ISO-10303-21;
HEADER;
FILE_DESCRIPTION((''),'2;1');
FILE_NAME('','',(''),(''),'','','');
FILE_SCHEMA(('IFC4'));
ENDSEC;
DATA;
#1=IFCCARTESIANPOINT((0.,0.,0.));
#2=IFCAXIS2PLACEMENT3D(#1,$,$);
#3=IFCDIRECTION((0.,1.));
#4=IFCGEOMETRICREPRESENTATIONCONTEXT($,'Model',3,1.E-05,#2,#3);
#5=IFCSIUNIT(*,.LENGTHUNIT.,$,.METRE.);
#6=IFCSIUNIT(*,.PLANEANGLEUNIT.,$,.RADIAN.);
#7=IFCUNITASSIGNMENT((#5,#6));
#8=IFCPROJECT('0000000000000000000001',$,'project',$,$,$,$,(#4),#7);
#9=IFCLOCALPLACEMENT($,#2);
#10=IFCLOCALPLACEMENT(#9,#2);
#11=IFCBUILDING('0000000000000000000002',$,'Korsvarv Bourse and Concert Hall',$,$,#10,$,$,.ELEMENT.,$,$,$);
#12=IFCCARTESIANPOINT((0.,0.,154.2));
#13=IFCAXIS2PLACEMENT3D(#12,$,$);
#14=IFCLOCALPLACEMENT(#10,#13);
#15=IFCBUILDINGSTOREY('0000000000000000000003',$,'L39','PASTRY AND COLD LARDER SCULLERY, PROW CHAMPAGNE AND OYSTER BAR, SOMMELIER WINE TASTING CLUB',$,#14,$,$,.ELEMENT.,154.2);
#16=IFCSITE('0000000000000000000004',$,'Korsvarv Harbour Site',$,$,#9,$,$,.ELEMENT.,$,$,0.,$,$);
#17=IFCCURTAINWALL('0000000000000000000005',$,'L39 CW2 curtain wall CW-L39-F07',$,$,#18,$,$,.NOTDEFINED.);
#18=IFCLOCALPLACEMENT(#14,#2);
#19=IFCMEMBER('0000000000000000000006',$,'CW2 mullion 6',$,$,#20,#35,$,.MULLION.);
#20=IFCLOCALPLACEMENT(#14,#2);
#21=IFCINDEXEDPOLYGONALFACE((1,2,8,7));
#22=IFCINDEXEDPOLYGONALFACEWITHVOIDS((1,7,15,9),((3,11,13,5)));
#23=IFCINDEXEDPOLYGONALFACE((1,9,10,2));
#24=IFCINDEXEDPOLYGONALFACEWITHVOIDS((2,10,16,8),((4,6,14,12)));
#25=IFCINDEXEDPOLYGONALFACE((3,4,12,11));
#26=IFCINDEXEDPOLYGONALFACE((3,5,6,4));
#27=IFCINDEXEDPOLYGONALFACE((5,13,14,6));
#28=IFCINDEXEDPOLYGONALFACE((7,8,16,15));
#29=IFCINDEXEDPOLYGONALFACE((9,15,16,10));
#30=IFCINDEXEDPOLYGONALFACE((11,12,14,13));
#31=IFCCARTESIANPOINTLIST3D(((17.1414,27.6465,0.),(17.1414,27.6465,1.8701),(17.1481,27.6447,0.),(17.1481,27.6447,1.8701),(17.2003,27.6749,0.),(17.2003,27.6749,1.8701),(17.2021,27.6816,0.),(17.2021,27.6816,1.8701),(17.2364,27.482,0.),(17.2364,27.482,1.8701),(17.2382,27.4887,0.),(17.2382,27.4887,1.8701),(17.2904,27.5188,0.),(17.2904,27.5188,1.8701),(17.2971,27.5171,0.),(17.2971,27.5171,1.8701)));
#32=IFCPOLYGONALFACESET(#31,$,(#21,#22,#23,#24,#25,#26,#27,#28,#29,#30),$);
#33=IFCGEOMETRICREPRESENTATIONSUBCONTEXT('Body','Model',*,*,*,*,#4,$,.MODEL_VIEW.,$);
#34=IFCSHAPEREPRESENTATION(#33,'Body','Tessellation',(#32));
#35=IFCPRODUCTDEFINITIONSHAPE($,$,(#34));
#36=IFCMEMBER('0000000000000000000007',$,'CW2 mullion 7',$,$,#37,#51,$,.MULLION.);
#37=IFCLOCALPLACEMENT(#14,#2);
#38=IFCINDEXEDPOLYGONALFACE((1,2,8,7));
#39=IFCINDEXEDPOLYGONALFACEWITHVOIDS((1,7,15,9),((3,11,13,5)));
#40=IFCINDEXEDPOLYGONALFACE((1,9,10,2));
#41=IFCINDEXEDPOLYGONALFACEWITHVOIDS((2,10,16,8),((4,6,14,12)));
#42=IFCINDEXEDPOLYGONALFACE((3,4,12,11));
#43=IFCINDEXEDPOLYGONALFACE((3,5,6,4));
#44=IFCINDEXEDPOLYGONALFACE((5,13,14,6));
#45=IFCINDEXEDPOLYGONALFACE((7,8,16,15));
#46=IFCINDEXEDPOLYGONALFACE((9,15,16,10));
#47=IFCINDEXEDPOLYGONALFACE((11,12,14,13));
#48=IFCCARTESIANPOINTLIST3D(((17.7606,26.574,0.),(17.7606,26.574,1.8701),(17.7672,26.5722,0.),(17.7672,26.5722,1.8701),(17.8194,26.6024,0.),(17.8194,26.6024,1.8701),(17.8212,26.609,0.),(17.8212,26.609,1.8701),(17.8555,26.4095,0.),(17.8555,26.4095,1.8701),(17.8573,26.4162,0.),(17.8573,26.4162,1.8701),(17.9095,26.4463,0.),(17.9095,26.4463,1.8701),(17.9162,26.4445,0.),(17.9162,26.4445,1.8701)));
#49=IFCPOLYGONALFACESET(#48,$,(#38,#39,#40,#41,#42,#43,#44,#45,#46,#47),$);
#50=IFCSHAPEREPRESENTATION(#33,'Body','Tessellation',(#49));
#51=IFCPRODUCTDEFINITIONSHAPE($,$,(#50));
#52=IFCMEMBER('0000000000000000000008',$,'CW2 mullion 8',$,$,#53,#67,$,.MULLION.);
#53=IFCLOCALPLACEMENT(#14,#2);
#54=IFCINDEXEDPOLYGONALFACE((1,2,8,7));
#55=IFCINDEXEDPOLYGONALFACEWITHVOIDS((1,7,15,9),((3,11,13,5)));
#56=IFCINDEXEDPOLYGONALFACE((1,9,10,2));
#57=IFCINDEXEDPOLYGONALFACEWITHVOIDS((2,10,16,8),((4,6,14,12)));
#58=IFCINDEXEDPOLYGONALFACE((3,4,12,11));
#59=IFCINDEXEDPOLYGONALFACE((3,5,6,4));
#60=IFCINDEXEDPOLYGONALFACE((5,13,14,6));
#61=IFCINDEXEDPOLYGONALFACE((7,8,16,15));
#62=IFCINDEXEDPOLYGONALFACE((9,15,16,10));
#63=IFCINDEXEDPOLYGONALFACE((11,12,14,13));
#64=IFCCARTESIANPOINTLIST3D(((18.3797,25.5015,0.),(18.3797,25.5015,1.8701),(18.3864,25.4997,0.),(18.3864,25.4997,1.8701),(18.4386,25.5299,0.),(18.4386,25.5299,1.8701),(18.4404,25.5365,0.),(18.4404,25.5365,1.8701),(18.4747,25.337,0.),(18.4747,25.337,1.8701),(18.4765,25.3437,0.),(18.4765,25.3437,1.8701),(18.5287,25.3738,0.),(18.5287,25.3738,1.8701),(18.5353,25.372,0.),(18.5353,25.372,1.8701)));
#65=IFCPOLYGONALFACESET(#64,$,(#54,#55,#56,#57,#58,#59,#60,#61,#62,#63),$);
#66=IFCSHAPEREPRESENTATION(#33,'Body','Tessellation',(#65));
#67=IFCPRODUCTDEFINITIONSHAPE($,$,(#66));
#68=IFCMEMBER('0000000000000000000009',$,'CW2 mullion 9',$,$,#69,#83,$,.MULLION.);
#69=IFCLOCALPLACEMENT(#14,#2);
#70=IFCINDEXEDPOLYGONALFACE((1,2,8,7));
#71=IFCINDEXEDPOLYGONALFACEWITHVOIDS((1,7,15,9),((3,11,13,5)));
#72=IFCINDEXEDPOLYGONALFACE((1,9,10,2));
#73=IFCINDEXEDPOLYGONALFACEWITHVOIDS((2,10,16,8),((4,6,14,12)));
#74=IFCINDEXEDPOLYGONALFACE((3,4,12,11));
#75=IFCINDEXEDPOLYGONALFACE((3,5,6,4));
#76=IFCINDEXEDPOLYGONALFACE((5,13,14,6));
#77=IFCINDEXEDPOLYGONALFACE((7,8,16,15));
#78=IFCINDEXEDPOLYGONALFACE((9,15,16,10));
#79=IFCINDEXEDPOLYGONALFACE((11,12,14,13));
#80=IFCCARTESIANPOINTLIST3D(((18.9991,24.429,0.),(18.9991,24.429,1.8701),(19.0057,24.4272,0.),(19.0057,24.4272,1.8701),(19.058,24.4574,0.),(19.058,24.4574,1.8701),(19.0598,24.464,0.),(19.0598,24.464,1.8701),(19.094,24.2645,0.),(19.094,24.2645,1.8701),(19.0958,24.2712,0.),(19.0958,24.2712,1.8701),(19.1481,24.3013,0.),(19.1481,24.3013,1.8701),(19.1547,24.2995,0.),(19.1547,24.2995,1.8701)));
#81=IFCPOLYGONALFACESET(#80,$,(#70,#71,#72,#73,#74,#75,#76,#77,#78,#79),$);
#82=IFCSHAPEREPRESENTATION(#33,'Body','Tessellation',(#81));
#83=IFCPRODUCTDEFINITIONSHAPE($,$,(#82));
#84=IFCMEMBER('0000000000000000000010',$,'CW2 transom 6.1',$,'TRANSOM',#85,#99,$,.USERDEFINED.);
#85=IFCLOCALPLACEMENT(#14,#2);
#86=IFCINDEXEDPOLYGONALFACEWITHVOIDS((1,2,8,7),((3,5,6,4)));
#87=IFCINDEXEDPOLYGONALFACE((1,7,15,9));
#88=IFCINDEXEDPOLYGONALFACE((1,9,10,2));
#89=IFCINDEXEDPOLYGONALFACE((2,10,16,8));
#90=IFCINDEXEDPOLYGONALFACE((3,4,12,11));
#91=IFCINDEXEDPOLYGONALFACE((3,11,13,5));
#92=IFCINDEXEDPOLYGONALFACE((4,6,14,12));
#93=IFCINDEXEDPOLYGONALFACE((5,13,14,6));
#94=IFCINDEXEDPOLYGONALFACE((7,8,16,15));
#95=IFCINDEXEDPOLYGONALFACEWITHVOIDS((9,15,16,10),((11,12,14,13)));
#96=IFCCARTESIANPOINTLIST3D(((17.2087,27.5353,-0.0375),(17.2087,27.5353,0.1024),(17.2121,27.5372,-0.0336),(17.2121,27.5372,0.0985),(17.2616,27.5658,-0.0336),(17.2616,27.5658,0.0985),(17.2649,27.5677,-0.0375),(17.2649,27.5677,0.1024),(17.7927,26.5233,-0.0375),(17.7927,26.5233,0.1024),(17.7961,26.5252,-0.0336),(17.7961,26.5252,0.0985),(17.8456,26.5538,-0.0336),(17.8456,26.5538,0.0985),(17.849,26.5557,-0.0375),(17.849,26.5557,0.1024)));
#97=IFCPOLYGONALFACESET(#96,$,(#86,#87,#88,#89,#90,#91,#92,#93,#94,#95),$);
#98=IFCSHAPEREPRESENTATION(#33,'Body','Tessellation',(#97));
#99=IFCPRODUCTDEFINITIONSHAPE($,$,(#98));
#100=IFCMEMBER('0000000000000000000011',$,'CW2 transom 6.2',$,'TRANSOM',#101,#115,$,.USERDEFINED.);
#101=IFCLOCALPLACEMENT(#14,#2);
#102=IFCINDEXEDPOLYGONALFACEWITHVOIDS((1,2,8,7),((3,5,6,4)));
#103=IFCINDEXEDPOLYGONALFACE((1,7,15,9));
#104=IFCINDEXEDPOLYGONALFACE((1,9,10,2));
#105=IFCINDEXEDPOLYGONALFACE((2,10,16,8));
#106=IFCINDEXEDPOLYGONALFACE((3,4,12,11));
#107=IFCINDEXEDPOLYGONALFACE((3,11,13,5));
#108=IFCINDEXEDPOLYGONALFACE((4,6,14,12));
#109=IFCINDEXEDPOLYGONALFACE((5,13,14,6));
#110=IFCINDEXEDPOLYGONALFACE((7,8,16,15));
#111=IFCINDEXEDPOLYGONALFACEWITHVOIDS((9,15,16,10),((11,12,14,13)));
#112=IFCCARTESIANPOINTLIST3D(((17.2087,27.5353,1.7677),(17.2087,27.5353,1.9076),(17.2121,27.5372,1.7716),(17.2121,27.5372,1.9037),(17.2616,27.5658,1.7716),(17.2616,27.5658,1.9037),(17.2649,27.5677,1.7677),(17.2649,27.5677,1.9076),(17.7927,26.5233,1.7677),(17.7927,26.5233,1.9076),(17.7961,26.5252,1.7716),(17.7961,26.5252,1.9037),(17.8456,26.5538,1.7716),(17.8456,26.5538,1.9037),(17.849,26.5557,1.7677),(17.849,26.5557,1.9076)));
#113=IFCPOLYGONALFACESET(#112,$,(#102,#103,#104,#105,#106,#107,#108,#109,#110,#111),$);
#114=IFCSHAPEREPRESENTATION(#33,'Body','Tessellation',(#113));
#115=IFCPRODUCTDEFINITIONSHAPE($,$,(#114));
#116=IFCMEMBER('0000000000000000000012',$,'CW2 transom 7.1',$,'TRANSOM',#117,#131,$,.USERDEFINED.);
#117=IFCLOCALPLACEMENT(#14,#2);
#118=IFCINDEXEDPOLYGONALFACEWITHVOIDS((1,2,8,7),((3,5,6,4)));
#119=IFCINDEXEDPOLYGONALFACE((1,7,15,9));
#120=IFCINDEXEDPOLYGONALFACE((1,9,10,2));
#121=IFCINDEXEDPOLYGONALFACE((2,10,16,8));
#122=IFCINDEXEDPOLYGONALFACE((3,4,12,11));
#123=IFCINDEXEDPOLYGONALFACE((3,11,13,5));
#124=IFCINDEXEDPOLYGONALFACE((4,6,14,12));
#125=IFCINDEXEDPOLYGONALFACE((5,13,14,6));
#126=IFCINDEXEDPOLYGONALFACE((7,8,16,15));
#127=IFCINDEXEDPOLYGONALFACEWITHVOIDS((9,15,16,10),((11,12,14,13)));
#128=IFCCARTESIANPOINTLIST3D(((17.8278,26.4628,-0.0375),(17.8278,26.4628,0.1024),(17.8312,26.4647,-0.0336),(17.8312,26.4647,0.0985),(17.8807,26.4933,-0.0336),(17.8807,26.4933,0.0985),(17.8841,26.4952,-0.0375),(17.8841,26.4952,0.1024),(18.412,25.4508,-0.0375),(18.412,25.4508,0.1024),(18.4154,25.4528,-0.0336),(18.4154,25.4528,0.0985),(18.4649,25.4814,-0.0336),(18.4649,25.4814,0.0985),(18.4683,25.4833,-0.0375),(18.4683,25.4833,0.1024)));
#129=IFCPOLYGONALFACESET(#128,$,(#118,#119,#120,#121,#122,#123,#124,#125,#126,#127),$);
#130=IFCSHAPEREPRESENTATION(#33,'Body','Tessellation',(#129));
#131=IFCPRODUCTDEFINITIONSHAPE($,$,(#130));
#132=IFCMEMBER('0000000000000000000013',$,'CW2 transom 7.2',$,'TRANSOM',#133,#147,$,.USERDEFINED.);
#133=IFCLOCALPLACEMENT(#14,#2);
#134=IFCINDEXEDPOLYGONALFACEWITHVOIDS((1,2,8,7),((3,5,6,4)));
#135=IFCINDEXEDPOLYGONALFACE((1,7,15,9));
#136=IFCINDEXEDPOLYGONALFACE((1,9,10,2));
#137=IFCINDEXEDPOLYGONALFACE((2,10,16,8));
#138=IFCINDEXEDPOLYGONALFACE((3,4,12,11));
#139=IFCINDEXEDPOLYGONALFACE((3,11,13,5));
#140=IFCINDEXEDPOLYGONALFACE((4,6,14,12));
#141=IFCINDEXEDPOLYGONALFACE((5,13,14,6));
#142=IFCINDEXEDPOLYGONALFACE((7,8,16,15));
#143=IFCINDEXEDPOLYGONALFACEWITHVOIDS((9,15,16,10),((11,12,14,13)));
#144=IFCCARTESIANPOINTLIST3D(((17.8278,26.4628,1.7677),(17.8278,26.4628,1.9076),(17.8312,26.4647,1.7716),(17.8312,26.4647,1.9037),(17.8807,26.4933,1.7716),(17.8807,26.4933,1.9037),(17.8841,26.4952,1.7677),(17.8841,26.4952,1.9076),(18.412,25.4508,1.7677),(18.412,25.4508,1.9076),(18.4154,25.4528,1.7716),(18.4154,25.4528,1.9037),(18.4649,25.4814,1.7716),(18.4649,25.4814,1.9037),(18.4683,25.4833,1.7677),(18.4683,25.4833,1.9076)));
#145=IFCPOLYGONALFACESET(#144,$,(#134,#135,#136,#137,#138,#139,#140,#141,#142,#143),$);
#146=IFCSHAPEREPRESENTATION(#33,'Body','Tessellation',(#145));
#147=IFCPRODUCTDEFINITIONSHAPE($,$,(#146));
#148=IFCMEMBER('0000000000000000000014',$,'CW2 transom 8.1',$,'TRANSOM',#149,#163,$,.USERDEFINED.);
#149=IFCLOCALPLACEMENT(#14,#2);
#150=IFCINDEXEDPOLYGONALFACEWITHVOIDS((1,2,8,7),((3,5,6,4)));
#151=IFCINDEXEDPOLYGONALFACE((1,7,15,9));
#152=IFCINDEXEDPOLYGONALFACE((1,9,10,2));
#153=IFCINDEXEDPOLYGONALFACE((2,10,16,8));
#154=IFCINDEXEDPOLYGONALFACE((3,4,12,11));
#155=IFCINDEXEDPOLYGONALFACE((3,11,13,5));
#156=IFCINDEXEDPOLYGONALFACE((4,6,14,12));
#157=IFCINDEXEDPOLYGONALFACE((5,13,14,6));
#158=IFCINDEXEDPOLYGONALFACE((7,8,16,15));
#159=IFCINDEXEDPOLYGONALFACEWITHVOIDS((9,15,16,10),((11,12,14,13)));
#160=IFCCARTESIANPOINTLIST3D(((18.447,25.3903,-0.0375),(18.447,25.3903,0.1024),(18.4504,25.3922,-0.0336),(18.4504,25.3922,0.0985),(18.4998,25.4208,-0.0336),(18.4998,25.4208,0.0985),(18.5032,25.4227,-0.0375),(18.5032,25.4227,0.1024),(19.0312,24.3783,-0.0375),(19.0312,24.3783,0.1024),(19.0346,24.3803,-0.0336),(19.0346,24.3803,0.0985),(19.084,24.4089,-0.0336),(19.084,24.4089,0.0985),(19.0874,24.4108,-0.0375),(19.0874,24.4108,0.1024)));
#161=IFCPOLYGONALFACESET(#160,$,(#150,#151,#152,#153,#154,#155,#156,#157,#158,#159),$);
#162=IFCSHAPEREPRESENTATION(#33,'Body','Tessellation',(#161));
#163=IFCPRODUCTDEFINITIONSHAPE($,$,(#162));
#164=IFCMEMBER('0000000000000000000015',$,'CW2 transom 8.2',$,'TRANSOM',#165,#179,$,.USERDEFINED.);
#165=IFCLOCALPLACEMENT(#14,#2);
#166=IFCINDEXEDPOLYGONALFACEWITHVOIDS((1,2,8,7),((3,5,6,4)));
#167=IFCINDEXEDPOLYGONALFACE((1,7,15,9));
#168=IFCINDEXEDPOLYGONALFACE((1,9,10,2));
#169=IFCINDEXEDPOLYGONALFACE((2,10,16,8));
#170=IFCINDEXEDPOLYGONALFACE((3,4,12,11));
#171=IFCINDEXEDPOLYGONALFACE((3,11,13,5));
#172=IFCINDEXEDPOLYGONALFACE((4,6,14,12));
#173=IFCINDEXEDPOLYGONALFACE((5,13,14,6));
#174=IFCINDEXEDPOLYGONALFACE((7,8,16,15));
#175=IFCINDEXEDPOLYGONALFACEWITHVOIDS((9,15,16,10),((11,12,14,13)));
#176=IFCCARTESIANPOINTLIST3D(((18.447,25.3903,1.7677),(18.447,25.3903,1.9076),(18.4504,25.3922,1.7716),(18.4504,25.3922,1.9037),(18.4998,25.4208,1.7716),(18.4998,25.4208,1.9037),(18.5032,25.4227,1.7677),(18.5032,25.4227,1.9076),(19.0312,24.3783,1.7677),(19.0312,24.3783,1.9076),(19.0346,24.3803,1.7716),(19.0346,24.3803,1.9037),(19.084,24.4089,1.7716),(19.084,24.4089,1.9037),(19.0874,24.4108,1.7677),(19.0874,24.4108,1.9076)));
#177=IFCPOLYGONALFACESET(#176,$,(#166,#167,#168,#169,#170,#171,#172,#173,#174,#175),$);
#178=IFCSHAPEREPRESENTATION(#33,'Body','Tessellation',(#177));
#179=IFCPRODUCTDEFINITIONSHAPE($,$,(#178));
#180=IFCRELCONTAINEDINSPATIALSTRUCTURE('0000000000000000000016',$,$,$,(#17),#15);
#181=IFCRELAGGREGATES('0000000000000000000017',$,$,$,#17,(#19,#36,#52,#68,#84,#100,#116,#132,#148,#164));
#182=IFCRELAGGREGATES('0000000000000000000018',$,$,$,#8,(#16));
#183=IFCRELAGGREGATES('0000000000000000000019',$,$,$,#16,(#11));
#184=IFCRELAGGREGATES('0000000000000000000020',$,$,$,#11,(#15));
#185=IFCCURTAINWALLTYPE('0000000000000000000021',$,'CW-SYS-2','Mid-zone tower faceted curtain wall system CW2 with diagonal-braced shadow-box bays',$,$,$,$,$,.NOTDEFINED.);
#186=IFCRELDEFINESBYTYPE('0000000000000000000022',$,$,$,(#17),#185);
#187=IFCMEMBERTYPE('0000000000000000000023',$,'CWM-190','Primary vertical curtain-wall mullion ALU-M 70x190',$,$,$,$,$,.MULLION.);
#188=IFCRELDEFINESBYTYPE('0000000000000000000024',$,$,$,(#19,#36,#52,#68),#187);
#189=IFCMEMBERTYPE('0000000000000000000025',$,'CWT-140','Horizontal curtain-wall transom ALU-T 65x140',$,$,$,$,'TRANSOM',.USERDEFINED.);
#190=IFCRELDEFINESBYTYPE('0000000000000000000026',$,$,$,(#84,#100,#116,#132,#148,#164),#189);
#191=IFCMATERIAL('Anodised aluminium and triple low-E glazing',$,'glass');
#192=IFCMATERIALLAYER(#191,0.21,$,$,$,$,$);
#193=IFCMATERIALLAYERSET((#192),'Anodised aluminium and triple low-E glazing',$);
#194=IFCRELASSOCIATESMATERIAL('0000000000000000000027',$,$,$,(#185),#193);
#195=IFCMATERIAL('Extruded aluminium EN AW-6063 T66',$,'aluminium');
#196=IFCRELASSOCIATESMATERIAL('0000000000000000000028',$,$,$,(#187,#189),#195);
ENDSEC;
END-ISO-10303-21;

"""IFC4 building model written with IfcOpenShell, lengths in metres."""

from ifc_helpers import new_model, si_unit, direction, frame, origin, origin_2d, place, context, subcontext, project, spatial, hollow_rectangle, extrude, source, transform, mapped, material, layer, layer_set, material_profile, profile_set, type_object, element, aggregate, save


model = new_model("IFC4")

# Units and contexts
model_context = context("Model", 3, precision=1e-05, world=origin(), true_north=direction((0.0, 1.0)))
body_context = subcontext(model_context, "Body", "Model", "MODEL_VIEW")
ifc_project = project(units=[si_unit("LENGTHUNIT", "METRE"), si_unit("PLANEANGLEUNIT", "RADIAN")], contexts=[model_context])

# Site, building, storey
site_placement = place(None, origin())
site = spatial("IfcSite", under=ifc_project, at=site_placement, Name="Korsvarv Harbour Site", CompositionType="ELEMENT", RefElevation=0.0)
building_placement = place(site_placement, origin())
building = spatial("IfcBuilding", under=site, at=building_placement, Name="Korsvarv Bourse and Concert Hall", CompositionType="ELEMENT")
storey_placement = place(building_placement, frame((0.0, 0.0, 154.2)))
storey = spatial("IfcBuildingStorey", under=building, at=storey_placement, Name="L39", Description="PASTRY AND COLD LARDER SCULLERY, PROW CHAMPAGNE AND OYSTER BAR, SOMMELIER WINE TASTING CLUB", CompositionType="ELEMENT", Elevation=154.2)

# Curtain wall, members
ifc_material_1 = material(Name="Anodised aluminium and triple low-E glazing", Category="glass")
ifc_layer_1 = layer(ifc_material_1, 0.21)
ifc_layer_set_1 = layer_set([ifc_layer_1], Name="Anodised aluminium and triple low-E glazing")
curtain_wall_type = type_object("IfcCurtainWallType", Name="CW-SYS-2", Description="Mid-zone tower faceted curtain wall system CW2 with diagonal-braced shadow-box bays", PredefinedType="NOTDEFINED", material=ifc_layer_set_1)
curtain_wall_placement = place(storey_placement, origin())
curtain_wall = element("IfcCurtainWall", 1, at=curtain_wall_placement, inside=storey, type_object=curtain_wall_type, Name="L39 CW2 curtain wall CW-L39-F07", PredefinedType="NOTDEFINED")
ifc_material_2 = material(Name="Extruded aluminium EN AW-6063 T66", Category="aluminium")
ifc_material_profile_1 = material_profile(ifc_material_2, hollow_rectangle(XDim=0.0701, YDim=0.1899, WallThickness=0.0049, at=origin_2d()), Name="ALU-M 70x190")
ifc_profile_set_1 = profile_set([ifc_material_profile_1], Name="Extruded aluminium EN AW-6063 T66")
member_type_1 = type_object("IfcMemberType", Name="CWM-190", Description="Primary vertical curtain-wall mullion ALU-M 70x190", PredefinedType="MULLION", material=ifc_profile_set_1)
shared_shape_1 = source(origin(), body_context, "Body", "SweptSolid", [
    extrude(hollow_rectangle(XDim=0.0701, YDim=0.1899, WallThickness=0.0049, at=origin_2d()), origin(), (0.0, 0.0, 1.0), 1.8701),
])
member_1_placement = place(storey_placement, frame((17.2192, 27.5818, 0.0), z_axis=(0.0, 0.0, 1.0), x_axis=(0.866022, 0.500006, 0.0)))
member_1 = element("IfcMember", 2, at=member_1_placement, type_object=member_type_1, Name="CW2 mullion 6", PredefinedType="MULLION", context=body_context, shape_type="MappedRepresentation", body=[
    mapped(shared_shape_1, transform((0.0, 0.0, 0.0), scale=1.0)),
])
member_2_placement = place(storey_placement, frame((17.8384, 26.5093, 0.0), z_axis=(0.0, 0.0, 1.0), x_axis=(0.866022, 0.500006, 0.0)))
member_2 = element("IfcMember", 3, at=member_2_placement, type_object=member_type_1, Name="CW2 mullion 7", PredefinedType="MULLION", context=body_context, shape_type="MappedRepresentation", body=[
    mapped(shared_shape_1, transform((0.0, 0.0, 0.0), scale=1.0)),
])
member_3_placement = place(storey_placement, frame((18.4575, 25.4368, 0.0), z_axis=(0.0, 0.0, 1.0), x_axis=(0.866022, 0.500006, 0.0)))
member_3 = element("IfcMember", 4, at=member_3_placement, type_object=member_type_1, Name="CW2 mullion 8", PredefinedType="MULLION", context=body_context, shape_type="MappedRepresentation", body=[
    mapped(shared_shape_1, transform((0.0, 0.0, 0.0), scale=1.0)),
])
member_4_placement = place(storey_placement, frame((19.0769, 24.3643, 0.0), z_axis=(0.0, 0.0, 1.0), x_axis=(0.866022, 0.500006, 0.0)))
member_4 = element("IfcMember", 5, at=member_4_placement, type_object=member_type_1, Name="CW2 mullion 9", PredefinedType="MULLION", context=body_context, shape_type="MappedRepresentation", body=[
    mapped(shared_shape_1, transform((0.0, 0.0, 0.0), scale=1.0)),
])
ifc_material_profile_2 = material_profile(ifc_material_2, hollow_rectangle(XDim=0.0649, YDim=0.1399, WallThickness=0.0039, at=origin_2d()), Name="ALU-T 65x140")
ifc_profile_set_2 = profile_set([ifc_material_profile_2], Name="Extruded aluminium EN AW-6063 T66")
member_type_2 = type_object("IfcMemberType", Name="CWT-140", Description="Horizontal curtain-wall transom ALU-T 65x140", ElementType="TRANSOM", PredefinedType="USERDEFINED", material=ifc_profile_set_2)
shared_shape_2 = source(origin(), body_context, "Body", "SweptSolid", [
    extrude(hollow_rectangle(XDim=0.0649, YDim=0.1399, WallThickness=0.0039, at=origin_2d()), origin(), (0.0, 0.0, 1.0), 1.1685),
])
member_5_placement = place(storey_placement, frame((17.2368, 27.5515, 0.0325), z_axis=(0.499825, -0.866126, 0.0), x_axis=(0.866126, 0.499825, 0.0)))
member_5 = element("IfcMember", 6, at=member_5_placement, type_object=member_type_2, Name="CW2 transom 6.1", ObjectType="TRANSOM", PredefinedType="USERDEFINED", context=body_context, shape_type="MappedRepresentation", body=[
    mapped(shared_shape_2, transform((0.0, 0.0, 0.0), scale=1.0)),
])
member_6_placement = place(storey_placement, frame((17.2368, 27.5515, 1.8376), z_axis=(0.499825, -0.866126, 0.0), x_axis=(0.866126, 0.499825, 0.0)))
member_6 = element("IfcMember", 7, at=member_6_placement, type_object=member_type_2, Name="CW2 transom 6.2", ObjectType="TRANSOM", PredefinedType="USERDEFINED", context=body_context, shape_type="MappedRepresentation", body=[
    mapped(shared_shape_2, transform((0.0, 0.0, 0.0), scale=1.0)),
])
member_7_placement = place(storey_placement, frame((17.856, 26.479, 0.0325), z_axis=(0.499982, -0.866036, 0.0), x_axis=(0.866036, 0.499982, 0.0)))
member_7 = element("IfcMember", 8, at=member_7_placement, type_object=member_type_2, Name="CW2 transom 7.1", ObjectType="TRANSOM", PredefinedType="USERDEFINED", context=body_context, shape_type="MappedRepresentation", body=[
    mapped(shared_shape_2, transform((0.0, 0.0, 0.0), scale=1.0)),
])
member_8_placement = place(storey_placement, frame((17.856, 26.479, 1.8376), z_axis=(0.499982, -0.866036, 0.0), x_axis=(0.866036, 0.499982, 0.0)))
member_8 = element("IfcMember", 9, at=member_8_placement, type_object=member_type_2, Name="CW2 transom 7.2", ObjectType="TRANSOM", PredefinedType="USERDEFINED", context=body_context, shape_type="MappedRepresentation", body=[
    mapped(shared_shape_2, transform((0.0, 0.0, 0.0), scale=1.0)),
])
member_9_placement = place(storey_placement, frame((18.4751, 25.4065, 0.0325), z_axis=(0.499982, -0.866036, 0.0), x_axis=(0.866036, 0.499982, 0.0)))
member_9 = element("IfcMember", 10, at=member_9_placement, type_object=member_type_2, Name="CW2 transom 8.1", ObjectType="TRANSOM", PredefinedType="USERDEFINED", context=body_context, shape_type="MappedRepresentation", body=[
    mapped(shared_shape_2, transform((0.0, 0.0, 0.0), scale=1.0)),
])
member_10_placement = place(storey_placement, frame((18.4751, 25.4065, 1.8376), z_axis=(0.499982, -0.866036, 0.0), x_axis=(0.866036, 0.499982, 0.0)))
member_10 = element("IfcMember", 11, at=member_10_placement, type_object=member_type_2, Name="CW2 transom 8.2", ObjectType="TRANSOM", PredefinedType="USERDEFINED", context=body_context, shape_type="MappedRepresentation", body=[
    mapped(shared_shape_2, transform((0.0, 0.0, 0.0), scale=1.0)),
])
aggregate(curtain_wall, [member_1, member_2, member_3, member_4, member_5, member_6, member_7, member_8, member_9, member_10])

save(model, "model.ifc")
